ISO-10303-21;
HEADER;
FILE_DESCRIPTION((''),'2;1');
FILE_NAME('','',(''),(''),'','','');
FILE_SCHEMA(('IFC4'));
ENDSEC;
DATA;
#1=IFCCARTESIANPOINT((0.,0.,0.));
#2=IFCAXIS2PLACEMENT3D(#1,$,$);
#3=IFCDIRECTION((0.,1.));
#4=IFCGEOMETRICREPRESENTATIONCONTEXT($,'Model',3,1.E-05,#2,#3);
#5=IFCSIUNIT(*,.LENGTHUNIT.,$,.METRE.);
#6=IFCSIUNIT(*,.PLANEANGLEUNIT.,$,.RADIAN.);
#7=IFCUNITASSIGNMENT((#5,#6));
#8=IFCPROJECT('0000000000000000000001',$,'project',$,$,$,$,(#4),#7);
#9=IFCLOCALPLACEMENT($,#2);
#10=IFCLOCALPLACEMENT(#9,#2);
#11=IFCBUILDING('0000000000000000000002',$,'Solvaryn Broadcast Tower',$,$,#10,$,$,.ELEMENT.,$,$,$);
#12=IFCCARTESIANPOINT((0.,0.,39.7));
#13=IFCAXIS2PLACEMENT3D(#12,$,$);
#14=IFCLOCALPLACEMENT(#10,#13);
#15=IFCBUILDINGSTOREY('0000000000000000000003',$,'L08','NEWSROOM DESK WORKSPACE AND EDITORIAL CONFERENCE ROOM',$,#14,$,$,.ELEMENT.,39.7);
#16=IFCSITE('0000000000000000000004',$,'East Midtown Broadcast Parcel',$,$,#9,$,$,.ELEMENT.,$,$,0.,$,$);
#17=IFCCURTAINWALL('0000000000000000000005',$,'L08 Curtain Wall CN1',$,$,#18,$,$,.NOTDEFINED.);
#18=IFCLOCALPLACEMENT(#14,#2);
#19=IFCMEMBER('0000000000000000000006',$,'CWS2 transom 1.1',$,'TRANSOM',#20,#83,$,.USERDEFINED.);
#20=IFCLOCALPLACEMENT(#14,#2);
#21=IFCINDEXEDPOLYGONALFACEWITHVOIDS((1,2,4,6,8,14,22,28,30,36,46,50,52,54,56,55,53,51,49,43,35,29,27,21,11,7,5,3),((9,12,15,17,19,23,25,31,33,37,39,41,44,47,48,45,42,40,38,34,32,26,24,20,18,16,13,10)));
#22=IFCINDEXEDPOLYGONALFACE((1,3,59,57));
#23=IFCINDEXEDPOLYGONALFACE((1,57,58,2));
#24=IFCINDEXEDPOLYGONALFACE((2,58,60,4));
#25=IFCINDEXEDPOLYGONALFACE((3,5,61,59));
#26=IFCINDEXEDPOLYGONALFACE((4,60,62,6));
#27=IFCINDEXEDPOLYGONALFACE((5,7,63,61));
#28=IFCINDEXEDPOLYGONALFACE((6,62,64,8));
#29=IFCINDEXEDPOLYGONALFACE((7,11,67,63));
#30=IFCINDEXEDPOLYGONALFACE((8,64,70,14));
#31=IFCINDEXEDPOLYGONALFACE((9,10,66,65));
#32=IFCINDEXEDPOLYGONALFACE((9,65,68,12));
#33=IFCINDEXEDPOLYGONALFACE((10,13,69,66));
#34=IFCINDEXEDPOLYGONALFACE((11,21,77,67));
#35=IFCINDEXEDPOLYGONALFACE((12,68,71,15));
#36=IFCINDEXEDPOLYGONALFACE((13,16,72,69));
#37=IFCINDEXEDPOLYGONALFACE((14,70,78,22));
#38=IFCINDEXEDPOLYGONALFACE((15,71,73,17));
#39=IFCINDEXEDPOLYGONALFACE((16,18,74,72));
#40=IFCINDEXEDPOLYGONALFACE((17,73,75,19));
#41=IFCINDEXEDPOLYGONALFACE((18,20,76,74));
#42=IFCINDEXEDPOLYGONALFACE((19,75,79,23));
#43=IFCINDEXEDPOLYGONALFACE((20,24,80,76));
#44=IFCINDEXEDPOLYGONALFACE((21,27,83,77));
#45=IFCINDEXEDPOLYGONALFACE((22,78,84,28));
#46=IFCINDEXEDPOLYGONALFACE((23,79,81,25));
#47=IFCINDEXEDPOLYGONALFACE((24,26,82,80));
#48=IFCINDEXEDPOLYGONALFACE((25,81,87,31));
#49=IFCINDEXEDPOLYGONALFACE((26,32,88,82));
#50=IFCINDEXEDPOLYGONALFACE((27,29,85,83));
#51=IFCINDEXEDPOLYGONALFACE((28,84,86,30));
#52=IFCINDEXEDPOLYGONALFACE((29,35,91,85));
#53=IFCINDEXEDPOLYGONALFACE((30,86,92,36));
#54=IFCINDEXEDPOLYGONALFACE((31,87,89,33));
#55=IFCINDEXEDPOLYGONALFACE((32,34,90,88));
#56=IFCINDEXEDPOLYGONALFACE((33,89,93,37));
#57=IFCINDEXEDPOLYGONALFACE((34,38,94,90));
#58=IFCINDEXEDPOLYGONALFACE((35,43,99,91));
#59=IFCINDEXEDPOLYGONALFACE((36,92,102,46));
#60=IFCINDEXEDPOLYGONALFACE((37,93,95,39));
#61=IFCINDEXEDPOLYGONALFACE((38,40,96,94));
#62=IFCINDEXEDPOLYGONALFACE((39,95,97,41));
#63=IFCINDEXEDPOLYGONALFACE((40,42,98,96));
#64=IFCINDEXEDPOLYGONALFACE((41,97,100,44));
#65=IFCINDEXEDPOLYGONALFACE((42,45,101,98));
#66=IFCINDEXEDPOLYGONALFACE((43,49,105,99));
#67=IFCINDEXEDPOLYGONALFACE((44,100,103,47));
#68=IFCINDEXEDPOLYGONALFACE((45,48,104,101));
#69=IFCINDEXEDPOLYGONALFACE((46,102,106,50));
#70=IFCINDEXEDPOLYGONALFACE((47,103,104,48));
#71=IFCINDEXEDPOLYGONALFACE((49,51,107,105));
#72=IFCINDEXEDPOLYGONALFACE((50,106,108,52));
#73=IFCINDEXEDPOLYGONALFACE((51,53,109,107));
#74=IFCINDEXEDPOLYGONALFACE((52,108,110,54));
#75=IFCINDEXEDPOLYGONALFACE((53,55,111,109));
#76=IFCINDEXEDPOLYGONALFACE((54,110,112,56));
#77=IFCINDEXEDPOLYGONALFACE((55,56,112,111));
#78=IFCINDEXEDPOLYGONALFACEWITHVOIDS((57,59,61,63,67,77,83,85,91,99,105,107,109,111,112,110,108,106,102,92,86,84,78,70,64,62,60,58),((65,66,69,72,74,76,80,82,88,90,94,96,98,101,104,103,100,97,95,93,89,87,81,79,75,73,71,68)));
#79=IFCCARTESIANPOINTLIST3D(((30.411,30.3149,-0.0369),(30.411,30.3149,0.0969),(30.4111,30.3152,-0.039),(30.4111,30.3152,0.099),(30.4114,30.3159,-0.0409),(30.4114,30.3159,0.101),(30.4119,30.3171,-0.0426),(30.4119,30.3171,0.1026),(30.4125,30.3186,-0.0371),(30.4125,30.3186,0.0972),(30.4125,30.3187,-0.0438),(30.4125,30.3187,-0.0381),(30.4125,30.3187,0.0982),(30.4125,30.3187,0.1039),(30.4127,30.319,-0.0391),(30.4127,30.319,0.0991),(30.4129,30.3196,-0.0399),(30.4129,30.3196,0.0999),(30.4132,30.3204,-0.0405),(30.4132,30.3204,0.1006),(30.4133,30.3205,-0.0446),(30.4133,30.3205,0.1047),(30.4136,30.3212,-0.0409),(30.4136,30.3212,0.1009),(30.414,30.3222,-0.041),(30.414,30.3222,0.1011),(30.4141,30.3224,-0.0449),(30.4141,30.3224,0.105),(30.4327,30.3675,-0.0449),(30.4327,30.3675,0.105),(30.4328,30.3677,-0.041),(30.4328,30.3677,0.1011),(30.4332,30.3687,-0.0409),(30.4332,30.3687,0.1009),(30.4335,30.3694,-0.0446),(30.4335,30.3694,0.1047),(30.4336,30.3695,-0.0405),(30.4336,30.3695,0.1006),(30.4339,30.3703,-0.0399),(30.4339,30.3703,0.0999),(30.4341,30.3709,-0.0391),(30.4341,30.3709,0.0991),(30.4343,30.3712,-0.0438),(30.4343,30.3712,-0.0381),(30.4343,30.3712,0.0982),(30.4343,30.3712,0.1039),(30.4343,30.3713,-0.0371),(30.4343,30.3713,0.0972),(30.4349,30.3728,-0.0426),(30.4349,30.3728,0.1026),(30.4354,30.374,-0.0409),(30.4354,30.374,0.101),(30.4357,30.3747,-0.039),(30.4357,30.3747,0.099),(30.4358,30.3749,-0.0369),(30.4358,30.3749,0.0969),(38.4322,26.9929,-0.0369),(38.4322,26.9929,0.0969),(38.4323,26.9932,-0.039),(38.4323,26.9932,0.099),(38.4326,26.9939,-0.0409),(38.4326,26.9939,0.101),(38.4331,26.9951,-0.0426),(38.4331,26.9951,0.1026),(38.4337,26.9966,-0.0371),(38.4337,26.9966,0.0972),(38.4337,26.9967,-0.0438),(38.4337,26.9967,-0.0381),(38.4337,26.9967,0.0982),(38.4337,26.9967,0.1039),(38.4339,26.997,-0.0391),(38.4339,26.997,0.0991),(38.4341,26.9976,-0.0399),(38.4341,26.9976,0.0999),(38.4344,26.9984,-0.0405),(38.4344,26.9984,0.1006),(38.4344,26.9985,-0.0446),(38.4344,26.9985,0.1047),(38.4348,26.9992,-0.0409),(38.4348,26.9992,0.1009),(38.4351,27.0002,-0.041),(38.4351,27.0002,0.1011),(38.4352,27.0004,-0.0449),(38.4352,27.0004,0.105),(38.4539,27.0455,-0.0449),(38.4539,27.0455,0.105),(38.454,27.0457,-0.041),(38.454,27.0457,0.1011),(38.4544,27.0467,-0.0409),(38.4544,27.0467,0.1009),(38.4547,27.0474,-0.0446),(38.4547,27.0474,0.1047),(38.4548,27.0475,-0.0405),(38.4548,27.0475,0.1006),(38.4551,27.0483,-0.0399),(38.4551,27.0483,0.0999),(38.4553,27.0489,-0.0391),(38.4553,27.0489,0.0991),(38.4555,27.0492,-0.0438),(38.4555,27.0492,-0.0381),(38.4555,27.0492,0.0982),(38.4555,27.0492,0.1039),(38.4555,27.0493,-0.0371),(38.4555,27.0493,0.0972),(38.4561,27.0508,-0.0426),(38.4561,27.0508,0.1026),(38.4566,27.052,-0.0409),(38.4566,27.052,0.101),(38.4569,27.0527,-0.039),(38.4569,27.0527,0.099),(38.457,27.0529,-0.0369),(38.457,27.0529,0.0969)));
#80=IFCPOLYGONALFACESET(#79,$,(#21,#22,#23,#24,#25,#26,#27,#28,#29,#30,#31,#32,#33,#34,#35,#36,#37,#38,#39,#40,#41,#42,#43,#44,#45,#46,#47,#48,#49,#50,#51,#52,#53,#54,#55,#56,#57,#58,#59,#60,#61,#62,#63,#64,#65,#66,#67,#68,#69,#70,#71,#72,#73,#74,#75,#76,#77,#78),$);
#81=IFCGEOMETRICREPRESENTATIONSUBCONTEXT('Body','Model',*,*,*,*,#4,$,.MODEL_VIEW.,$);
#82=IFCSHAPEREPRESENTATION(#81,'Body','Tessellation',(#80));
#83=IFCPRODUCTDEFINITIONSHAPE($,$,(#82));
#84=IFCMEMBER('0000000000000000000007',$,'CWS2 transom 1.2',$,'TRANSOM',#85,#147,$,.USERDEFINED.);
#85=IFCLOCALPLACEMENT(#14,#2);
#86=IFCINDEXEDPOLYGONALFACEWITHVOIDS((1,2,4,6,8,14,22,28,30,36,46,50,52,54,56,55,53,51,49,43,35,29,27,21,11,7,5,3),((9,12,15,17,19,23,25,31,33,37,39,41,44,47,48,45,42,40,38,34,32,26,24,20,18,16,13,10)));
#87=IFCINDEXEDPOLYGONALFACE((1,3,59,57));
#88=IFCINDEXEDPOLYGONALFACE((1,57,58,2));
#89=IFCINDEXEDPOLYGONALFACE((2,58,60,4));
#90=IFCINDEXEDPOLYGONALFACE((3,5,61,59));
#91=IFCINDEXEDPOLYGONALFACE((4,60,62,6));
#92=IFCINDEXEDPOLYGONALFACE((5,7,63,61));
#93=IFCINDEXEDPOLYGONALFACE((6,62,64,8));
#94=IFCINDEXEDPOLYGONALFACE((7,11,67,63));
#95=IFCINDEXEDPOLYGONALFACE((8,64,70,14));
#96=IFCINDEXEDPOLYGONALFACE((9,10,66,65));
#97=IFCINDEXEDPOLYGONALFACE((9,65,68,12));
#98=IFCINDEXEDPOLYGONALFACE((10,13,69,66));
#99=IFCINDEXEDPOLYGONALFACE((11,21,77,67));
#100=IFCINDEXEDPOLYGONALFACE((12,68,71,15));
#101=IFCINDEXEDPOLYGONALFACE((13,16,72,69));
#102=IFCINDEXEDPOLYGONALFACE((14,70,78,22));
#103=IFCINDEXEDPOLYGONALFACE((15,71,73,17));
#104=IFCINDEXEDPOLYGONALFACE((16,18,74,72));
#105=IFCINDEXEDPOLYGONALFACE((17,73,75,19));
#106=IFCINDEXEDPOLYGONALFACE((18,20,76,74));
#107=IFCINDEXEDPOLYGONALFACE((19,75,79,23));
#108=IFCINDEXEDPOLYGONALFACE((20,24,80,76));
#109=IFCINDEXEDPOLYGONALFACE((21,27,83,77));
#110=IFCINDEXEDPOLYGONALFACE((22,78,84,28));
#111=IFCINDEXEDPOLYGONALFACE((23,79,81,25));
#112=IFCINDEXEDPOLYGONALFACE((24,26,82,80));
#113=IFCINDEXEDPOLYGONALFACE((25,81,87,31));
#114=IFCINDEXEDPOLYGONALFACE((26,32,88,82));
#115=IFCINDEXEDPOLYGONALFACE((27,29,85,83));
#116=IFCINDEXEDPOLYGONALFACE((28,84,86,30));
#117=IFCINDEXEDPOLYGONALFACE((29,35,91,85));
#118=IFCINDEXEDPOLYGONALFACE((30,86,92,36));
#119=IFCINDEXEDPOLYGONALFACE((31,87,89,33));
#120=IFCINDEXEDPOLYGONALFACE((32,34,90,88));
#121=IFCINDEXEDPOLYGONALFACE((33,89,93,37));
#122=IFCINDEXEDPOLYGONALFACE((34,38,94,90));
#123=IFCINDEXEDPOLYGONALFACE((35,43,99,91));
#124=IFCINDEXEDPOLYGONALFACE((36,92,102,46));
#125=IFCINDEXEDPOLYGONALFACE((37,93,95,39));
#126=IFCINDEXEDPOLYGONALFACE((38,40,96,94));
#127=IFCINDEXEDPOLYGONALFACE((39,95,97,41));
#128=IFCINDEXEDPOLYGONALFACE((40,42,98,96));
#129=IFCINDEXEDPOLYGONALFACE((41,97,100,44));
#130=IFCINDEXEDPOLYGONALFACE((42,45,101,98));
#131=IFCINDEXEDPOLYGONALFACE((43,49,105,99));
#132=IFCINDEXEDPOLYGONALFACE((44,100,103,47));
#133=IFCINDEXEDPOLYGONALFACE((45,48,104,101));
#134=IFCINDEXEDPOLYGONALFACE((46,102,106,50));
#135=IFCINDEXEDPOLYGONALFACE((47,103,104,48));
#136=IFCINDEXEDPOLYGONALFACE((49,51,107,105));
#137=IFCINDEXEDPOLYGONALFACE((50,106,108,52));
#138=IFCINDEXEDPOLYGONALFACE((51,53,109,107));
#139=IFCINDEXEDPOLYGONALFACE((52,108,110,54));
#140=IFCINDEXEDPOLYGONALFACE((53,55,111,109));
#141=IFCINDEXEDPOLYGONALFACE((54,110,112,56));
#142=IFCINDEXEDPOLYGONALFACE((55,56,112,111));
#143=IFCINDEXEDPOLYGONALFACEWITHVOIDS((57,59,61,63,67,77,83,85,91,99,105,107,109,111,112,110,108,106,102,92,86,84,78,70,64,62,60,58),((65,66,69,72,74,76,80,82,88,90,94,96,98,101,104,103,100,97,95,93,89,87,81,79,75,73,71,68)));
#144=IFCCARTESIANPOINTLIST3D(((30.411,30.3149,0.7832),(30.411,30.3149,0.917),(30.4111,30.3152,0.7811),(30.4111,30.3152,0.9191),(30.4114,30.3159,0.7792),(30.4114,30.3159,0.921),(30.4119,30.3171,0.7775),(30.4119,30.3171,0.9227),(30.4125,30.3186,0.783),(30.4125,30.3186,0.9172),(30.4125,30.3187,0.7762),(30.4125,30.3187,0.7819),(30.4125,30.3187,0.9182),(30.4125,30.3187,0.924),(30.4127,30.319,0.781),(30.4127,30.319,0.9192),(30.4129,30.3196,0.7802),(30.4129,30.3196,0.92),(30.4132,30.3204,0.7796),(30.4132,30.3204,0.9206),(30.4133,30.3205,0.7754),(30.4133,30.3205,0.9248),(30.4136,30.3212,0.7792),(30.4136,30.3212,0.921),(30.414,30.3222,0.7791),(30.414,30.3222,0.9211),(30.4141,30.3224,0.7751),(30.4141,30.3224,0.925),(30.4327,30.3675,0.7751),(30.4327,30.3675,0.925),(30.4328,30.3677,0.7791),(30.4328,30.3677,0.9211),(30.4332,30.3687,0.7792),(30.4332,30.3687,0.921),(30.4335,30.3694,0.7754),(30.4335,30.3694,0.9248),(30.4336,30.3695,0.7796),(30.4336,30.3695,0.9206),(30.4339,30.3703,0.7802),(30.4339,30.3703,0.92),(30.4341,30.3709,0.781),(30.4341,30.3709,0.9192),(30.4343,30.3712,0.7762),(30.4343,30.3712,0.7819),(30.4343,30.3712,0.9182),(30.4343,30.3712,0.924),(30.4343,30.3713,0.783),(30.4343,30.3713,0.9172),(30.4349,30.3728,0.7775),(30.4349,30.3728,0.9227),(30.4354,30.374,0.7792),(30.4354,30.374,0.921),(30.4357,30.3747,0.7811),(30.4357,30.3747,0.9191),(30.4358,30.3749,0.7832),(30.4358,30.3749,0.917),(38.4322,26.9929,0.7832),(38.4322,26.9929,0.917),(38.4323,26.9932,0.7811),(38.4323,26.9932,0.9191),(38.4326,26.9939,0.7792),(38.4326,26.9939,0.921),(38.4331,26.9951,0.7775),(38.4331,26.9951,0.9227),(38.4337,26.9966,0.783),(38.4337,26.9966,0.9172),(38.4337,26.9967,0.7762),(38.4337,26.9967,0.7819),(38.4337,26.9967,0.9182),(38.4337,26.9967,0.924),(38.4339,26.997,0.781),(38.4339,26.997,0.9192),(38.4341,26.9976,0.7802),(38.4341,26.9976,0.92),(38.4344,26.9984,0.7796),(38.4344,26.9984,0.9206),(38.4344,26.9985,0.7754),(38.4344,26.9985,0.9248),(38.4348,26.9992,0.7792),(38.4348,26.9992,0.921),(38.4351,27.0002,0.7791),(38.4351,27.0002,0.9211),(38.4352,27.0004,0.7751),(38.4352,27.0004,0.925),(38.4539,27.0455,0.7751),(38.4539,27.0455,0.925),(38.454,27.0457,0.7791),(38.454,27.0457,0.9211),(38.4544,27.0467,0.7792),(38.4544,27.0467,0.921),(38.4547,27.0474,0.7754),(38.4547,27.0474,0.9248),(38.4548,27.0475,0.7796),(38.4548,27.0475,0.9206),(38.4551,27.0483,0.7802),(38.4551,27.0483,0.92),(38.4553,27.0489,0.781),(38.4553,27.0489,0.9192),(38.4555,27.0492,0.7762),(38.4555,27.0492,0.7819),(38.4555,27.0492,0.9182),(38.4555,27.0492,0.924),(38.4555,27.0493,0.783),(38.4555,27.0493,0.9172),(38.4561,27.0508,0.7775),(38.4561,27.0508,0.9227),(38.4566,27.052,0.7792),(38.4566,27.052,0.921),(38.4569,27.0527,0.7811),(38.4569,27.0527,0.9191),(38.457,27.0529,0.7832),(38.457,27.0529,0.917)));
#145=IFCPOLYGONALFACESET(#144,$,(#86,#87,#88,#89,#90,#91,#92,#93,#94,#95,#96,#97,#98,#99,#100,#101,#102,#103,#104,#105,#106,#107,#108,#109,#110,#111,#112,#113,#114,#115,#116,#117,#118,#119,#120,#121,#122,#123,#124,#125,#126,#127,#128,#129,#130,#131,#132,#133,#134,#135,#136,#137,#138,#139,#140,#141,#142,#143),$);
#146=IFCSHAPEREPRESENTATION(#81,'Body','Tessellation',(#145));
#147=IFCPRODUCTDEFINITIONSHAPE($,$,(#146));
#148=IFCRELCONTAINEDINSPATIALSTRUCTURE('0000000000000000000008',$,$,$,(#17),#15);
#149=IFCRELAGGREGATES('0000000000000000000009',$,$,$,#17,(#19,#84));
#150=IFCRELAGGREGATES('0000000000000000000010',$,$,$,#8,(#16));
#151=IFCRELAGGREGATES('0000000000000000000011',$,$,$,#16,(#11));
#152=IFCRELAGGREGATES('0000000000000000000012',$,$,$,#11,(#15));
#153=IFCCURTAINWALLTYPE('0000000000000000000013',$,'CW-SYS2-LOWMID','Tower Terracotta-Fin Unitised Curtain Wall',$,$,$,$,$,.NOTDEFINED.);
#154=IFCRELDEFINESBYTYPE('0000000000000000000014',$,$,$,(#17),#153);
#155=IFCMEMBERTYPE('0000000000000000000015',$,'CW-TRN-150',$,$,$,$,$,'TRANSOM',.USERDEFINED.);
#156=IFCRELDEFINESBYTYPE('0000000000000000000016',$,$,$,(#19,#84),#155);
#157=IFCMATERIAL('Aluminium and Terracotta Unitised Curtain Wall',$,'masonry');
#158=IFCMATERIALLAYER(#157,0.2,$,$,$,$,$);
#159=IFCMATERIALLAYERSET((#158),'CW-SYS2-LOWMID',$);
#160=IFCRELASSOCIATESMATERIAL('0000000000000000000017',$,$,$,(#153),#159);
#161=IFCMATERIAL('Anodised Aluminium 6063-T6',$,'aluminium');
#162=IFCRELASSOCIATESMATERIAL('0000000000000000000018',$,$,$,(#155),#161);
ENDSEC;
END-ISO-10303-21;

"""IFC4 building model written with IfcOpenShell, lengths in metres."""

from ifc_helpers import new_model, si_unit, direction, frame, origin, origin_2d, place, context, subcontext, project, spatial, hollow_rectangle, extrude, material, layer, layer_set, material_profile, profile_set, type_object, element, aggregate, save


model = new_model("IFC4")

# Units and contexts
model_context = context("Model", 3, precision=1e-05, world=origin(), true_north=direction((0.0, 1.0)))
body_context = subcontext(model_context, "Body", "Model", "MODEL_VIEW")
ifc_project = project(units=[si_unit("LENGTHUNIT", "METRE"), si_unit("PLANEANGLEUNIT", "RADIAN")], contexts=[model_context])

# Site, building, storey
site_placement = place(None, origin())
site = spatial("IfcSite", under=ifc_project, at=site_placement, Name="East Midtown Broadcast Parcel", CompositionType="ELEMENT", RefElevation=0.0)
building_placement = place(site_placement, origin())
building = spatial("IfcBuilding", under=site, at=building_placement, Name="Solvaryn Broadcast Tower", CompositionType="ELEMENT")
storey_placement = place(building_placement, frame((0.0, 0.0, 39.7)))
storey = spatial("IfcBuildingStorey", under=building, at=storey_placement, Name="L08", Description="NEWSROOM DESK WORKSPACE AND EDITORIAL CONFERENCE ROOM", CompositionType="ELEMENT", Elevation=39.7)

# Curtain wall
ifc_material_1 = material(Name="Aluminium and Terracotta Unitised Curtain Wall", Category="masonry")
ifc_layer_1 = layer(ifc_material_1, 0.2)
ifc_layer_set_1 = layer_set([ifc_layer_1], Name="CW-SYS2-LOWMID")
curtain_wall_type = type_object("IfcCurtainWallType", Name="CW-SYS2-LOWMID", Description="Tower Terracotta-Fin Unitised Curtain Wall", PredefinedType="NOTDEFINED", material=ifc_layer_set_1)
curtain_wall_1_placement = place(storey_placement, origin())
curtain_wall_1 = element("IfcCurtainWall", 1, at=curtain_wall_1_placement, inside=storey, type_object=curtain_wall_type, Name="L08 Curtain Wall CN1", PredefinedType="NOTDEFINED")

# Members
ifc_material_2 = material(Name="Anodised Aluminium 6063-T6", Category="aluminium")
ifc_material_profile_1 = material_profile(ifc_material_2, hollow_rectangle(XDim=0.0649, YDim=0.1499, WallThickness=0.0039, InnerFilletRadius=0.0039, OuterFilletRadius=0.0081, at=origin_2d()))
ifc_profile_set_1 = profile_set([ifc_material_profile_1], Name="Anodised Aluminium 6063-T6")
member_type_1 = type_object("IfcMemberType", Name="CW-TRN-150", ElementType="TRANSOM", PredefinedType="USERDEFINED", material=ifc_profile_set_1)
member_1_placement = place(storey_placement, frame((38.4446, 27.0229, 0.03), z_axis=(-0.923899, 0.382636, 0.0), x_axis=(-0.382636, -0.923899, 0.0)))
member_1 = element("IfcMember", 2, at=member_1_placement, type_object=member_type_1, Name="CWS2 transom 1.1", ObjectType="TRANSOM", PredefinedType="USERDEFINED", context=body_context, shape_type="SweptSolid", body=[
    extrude(hollow_rectangle(XDim=0.0649, YDim=0.1499, WallThickness=0.0039, InnerFilletRadius=0.0039, OuterFilletRadius=0.0081, at=origin_2d()), origin(), (0.0, 0.0, 1.0), 8.6819),
])
member_2_placement = place(storey_placement, frame((38.4446, 27.0229, 0.8501), z_axis=(-0.923899, 0.382636, 0.0), x_axis=(-0.382636, -0.923899, 0.0)))
member_2 = element("IfcMember", 3, at=member_2_placement, type_object=member_type_1, Name="CWS2 transom 1.2", ObjectType="TRANSOM", PredefinedType="USERDEFINED", context=body_context, shape_type="SweptSolid", body=[
    extrude(hollow_rectangle(XDim=0.0649, YDim=0.1499, WallThickness=0.0039, InnerFilletRadius=0.0039, OuterFilletRadius=0.0081, at=origin_2d()), origin(), (0.0, 0.0, 1.0), 8.6819),
])
aggregate(curtain_wall_1, [member_1, member_2])

save(model, "model.ifc")
